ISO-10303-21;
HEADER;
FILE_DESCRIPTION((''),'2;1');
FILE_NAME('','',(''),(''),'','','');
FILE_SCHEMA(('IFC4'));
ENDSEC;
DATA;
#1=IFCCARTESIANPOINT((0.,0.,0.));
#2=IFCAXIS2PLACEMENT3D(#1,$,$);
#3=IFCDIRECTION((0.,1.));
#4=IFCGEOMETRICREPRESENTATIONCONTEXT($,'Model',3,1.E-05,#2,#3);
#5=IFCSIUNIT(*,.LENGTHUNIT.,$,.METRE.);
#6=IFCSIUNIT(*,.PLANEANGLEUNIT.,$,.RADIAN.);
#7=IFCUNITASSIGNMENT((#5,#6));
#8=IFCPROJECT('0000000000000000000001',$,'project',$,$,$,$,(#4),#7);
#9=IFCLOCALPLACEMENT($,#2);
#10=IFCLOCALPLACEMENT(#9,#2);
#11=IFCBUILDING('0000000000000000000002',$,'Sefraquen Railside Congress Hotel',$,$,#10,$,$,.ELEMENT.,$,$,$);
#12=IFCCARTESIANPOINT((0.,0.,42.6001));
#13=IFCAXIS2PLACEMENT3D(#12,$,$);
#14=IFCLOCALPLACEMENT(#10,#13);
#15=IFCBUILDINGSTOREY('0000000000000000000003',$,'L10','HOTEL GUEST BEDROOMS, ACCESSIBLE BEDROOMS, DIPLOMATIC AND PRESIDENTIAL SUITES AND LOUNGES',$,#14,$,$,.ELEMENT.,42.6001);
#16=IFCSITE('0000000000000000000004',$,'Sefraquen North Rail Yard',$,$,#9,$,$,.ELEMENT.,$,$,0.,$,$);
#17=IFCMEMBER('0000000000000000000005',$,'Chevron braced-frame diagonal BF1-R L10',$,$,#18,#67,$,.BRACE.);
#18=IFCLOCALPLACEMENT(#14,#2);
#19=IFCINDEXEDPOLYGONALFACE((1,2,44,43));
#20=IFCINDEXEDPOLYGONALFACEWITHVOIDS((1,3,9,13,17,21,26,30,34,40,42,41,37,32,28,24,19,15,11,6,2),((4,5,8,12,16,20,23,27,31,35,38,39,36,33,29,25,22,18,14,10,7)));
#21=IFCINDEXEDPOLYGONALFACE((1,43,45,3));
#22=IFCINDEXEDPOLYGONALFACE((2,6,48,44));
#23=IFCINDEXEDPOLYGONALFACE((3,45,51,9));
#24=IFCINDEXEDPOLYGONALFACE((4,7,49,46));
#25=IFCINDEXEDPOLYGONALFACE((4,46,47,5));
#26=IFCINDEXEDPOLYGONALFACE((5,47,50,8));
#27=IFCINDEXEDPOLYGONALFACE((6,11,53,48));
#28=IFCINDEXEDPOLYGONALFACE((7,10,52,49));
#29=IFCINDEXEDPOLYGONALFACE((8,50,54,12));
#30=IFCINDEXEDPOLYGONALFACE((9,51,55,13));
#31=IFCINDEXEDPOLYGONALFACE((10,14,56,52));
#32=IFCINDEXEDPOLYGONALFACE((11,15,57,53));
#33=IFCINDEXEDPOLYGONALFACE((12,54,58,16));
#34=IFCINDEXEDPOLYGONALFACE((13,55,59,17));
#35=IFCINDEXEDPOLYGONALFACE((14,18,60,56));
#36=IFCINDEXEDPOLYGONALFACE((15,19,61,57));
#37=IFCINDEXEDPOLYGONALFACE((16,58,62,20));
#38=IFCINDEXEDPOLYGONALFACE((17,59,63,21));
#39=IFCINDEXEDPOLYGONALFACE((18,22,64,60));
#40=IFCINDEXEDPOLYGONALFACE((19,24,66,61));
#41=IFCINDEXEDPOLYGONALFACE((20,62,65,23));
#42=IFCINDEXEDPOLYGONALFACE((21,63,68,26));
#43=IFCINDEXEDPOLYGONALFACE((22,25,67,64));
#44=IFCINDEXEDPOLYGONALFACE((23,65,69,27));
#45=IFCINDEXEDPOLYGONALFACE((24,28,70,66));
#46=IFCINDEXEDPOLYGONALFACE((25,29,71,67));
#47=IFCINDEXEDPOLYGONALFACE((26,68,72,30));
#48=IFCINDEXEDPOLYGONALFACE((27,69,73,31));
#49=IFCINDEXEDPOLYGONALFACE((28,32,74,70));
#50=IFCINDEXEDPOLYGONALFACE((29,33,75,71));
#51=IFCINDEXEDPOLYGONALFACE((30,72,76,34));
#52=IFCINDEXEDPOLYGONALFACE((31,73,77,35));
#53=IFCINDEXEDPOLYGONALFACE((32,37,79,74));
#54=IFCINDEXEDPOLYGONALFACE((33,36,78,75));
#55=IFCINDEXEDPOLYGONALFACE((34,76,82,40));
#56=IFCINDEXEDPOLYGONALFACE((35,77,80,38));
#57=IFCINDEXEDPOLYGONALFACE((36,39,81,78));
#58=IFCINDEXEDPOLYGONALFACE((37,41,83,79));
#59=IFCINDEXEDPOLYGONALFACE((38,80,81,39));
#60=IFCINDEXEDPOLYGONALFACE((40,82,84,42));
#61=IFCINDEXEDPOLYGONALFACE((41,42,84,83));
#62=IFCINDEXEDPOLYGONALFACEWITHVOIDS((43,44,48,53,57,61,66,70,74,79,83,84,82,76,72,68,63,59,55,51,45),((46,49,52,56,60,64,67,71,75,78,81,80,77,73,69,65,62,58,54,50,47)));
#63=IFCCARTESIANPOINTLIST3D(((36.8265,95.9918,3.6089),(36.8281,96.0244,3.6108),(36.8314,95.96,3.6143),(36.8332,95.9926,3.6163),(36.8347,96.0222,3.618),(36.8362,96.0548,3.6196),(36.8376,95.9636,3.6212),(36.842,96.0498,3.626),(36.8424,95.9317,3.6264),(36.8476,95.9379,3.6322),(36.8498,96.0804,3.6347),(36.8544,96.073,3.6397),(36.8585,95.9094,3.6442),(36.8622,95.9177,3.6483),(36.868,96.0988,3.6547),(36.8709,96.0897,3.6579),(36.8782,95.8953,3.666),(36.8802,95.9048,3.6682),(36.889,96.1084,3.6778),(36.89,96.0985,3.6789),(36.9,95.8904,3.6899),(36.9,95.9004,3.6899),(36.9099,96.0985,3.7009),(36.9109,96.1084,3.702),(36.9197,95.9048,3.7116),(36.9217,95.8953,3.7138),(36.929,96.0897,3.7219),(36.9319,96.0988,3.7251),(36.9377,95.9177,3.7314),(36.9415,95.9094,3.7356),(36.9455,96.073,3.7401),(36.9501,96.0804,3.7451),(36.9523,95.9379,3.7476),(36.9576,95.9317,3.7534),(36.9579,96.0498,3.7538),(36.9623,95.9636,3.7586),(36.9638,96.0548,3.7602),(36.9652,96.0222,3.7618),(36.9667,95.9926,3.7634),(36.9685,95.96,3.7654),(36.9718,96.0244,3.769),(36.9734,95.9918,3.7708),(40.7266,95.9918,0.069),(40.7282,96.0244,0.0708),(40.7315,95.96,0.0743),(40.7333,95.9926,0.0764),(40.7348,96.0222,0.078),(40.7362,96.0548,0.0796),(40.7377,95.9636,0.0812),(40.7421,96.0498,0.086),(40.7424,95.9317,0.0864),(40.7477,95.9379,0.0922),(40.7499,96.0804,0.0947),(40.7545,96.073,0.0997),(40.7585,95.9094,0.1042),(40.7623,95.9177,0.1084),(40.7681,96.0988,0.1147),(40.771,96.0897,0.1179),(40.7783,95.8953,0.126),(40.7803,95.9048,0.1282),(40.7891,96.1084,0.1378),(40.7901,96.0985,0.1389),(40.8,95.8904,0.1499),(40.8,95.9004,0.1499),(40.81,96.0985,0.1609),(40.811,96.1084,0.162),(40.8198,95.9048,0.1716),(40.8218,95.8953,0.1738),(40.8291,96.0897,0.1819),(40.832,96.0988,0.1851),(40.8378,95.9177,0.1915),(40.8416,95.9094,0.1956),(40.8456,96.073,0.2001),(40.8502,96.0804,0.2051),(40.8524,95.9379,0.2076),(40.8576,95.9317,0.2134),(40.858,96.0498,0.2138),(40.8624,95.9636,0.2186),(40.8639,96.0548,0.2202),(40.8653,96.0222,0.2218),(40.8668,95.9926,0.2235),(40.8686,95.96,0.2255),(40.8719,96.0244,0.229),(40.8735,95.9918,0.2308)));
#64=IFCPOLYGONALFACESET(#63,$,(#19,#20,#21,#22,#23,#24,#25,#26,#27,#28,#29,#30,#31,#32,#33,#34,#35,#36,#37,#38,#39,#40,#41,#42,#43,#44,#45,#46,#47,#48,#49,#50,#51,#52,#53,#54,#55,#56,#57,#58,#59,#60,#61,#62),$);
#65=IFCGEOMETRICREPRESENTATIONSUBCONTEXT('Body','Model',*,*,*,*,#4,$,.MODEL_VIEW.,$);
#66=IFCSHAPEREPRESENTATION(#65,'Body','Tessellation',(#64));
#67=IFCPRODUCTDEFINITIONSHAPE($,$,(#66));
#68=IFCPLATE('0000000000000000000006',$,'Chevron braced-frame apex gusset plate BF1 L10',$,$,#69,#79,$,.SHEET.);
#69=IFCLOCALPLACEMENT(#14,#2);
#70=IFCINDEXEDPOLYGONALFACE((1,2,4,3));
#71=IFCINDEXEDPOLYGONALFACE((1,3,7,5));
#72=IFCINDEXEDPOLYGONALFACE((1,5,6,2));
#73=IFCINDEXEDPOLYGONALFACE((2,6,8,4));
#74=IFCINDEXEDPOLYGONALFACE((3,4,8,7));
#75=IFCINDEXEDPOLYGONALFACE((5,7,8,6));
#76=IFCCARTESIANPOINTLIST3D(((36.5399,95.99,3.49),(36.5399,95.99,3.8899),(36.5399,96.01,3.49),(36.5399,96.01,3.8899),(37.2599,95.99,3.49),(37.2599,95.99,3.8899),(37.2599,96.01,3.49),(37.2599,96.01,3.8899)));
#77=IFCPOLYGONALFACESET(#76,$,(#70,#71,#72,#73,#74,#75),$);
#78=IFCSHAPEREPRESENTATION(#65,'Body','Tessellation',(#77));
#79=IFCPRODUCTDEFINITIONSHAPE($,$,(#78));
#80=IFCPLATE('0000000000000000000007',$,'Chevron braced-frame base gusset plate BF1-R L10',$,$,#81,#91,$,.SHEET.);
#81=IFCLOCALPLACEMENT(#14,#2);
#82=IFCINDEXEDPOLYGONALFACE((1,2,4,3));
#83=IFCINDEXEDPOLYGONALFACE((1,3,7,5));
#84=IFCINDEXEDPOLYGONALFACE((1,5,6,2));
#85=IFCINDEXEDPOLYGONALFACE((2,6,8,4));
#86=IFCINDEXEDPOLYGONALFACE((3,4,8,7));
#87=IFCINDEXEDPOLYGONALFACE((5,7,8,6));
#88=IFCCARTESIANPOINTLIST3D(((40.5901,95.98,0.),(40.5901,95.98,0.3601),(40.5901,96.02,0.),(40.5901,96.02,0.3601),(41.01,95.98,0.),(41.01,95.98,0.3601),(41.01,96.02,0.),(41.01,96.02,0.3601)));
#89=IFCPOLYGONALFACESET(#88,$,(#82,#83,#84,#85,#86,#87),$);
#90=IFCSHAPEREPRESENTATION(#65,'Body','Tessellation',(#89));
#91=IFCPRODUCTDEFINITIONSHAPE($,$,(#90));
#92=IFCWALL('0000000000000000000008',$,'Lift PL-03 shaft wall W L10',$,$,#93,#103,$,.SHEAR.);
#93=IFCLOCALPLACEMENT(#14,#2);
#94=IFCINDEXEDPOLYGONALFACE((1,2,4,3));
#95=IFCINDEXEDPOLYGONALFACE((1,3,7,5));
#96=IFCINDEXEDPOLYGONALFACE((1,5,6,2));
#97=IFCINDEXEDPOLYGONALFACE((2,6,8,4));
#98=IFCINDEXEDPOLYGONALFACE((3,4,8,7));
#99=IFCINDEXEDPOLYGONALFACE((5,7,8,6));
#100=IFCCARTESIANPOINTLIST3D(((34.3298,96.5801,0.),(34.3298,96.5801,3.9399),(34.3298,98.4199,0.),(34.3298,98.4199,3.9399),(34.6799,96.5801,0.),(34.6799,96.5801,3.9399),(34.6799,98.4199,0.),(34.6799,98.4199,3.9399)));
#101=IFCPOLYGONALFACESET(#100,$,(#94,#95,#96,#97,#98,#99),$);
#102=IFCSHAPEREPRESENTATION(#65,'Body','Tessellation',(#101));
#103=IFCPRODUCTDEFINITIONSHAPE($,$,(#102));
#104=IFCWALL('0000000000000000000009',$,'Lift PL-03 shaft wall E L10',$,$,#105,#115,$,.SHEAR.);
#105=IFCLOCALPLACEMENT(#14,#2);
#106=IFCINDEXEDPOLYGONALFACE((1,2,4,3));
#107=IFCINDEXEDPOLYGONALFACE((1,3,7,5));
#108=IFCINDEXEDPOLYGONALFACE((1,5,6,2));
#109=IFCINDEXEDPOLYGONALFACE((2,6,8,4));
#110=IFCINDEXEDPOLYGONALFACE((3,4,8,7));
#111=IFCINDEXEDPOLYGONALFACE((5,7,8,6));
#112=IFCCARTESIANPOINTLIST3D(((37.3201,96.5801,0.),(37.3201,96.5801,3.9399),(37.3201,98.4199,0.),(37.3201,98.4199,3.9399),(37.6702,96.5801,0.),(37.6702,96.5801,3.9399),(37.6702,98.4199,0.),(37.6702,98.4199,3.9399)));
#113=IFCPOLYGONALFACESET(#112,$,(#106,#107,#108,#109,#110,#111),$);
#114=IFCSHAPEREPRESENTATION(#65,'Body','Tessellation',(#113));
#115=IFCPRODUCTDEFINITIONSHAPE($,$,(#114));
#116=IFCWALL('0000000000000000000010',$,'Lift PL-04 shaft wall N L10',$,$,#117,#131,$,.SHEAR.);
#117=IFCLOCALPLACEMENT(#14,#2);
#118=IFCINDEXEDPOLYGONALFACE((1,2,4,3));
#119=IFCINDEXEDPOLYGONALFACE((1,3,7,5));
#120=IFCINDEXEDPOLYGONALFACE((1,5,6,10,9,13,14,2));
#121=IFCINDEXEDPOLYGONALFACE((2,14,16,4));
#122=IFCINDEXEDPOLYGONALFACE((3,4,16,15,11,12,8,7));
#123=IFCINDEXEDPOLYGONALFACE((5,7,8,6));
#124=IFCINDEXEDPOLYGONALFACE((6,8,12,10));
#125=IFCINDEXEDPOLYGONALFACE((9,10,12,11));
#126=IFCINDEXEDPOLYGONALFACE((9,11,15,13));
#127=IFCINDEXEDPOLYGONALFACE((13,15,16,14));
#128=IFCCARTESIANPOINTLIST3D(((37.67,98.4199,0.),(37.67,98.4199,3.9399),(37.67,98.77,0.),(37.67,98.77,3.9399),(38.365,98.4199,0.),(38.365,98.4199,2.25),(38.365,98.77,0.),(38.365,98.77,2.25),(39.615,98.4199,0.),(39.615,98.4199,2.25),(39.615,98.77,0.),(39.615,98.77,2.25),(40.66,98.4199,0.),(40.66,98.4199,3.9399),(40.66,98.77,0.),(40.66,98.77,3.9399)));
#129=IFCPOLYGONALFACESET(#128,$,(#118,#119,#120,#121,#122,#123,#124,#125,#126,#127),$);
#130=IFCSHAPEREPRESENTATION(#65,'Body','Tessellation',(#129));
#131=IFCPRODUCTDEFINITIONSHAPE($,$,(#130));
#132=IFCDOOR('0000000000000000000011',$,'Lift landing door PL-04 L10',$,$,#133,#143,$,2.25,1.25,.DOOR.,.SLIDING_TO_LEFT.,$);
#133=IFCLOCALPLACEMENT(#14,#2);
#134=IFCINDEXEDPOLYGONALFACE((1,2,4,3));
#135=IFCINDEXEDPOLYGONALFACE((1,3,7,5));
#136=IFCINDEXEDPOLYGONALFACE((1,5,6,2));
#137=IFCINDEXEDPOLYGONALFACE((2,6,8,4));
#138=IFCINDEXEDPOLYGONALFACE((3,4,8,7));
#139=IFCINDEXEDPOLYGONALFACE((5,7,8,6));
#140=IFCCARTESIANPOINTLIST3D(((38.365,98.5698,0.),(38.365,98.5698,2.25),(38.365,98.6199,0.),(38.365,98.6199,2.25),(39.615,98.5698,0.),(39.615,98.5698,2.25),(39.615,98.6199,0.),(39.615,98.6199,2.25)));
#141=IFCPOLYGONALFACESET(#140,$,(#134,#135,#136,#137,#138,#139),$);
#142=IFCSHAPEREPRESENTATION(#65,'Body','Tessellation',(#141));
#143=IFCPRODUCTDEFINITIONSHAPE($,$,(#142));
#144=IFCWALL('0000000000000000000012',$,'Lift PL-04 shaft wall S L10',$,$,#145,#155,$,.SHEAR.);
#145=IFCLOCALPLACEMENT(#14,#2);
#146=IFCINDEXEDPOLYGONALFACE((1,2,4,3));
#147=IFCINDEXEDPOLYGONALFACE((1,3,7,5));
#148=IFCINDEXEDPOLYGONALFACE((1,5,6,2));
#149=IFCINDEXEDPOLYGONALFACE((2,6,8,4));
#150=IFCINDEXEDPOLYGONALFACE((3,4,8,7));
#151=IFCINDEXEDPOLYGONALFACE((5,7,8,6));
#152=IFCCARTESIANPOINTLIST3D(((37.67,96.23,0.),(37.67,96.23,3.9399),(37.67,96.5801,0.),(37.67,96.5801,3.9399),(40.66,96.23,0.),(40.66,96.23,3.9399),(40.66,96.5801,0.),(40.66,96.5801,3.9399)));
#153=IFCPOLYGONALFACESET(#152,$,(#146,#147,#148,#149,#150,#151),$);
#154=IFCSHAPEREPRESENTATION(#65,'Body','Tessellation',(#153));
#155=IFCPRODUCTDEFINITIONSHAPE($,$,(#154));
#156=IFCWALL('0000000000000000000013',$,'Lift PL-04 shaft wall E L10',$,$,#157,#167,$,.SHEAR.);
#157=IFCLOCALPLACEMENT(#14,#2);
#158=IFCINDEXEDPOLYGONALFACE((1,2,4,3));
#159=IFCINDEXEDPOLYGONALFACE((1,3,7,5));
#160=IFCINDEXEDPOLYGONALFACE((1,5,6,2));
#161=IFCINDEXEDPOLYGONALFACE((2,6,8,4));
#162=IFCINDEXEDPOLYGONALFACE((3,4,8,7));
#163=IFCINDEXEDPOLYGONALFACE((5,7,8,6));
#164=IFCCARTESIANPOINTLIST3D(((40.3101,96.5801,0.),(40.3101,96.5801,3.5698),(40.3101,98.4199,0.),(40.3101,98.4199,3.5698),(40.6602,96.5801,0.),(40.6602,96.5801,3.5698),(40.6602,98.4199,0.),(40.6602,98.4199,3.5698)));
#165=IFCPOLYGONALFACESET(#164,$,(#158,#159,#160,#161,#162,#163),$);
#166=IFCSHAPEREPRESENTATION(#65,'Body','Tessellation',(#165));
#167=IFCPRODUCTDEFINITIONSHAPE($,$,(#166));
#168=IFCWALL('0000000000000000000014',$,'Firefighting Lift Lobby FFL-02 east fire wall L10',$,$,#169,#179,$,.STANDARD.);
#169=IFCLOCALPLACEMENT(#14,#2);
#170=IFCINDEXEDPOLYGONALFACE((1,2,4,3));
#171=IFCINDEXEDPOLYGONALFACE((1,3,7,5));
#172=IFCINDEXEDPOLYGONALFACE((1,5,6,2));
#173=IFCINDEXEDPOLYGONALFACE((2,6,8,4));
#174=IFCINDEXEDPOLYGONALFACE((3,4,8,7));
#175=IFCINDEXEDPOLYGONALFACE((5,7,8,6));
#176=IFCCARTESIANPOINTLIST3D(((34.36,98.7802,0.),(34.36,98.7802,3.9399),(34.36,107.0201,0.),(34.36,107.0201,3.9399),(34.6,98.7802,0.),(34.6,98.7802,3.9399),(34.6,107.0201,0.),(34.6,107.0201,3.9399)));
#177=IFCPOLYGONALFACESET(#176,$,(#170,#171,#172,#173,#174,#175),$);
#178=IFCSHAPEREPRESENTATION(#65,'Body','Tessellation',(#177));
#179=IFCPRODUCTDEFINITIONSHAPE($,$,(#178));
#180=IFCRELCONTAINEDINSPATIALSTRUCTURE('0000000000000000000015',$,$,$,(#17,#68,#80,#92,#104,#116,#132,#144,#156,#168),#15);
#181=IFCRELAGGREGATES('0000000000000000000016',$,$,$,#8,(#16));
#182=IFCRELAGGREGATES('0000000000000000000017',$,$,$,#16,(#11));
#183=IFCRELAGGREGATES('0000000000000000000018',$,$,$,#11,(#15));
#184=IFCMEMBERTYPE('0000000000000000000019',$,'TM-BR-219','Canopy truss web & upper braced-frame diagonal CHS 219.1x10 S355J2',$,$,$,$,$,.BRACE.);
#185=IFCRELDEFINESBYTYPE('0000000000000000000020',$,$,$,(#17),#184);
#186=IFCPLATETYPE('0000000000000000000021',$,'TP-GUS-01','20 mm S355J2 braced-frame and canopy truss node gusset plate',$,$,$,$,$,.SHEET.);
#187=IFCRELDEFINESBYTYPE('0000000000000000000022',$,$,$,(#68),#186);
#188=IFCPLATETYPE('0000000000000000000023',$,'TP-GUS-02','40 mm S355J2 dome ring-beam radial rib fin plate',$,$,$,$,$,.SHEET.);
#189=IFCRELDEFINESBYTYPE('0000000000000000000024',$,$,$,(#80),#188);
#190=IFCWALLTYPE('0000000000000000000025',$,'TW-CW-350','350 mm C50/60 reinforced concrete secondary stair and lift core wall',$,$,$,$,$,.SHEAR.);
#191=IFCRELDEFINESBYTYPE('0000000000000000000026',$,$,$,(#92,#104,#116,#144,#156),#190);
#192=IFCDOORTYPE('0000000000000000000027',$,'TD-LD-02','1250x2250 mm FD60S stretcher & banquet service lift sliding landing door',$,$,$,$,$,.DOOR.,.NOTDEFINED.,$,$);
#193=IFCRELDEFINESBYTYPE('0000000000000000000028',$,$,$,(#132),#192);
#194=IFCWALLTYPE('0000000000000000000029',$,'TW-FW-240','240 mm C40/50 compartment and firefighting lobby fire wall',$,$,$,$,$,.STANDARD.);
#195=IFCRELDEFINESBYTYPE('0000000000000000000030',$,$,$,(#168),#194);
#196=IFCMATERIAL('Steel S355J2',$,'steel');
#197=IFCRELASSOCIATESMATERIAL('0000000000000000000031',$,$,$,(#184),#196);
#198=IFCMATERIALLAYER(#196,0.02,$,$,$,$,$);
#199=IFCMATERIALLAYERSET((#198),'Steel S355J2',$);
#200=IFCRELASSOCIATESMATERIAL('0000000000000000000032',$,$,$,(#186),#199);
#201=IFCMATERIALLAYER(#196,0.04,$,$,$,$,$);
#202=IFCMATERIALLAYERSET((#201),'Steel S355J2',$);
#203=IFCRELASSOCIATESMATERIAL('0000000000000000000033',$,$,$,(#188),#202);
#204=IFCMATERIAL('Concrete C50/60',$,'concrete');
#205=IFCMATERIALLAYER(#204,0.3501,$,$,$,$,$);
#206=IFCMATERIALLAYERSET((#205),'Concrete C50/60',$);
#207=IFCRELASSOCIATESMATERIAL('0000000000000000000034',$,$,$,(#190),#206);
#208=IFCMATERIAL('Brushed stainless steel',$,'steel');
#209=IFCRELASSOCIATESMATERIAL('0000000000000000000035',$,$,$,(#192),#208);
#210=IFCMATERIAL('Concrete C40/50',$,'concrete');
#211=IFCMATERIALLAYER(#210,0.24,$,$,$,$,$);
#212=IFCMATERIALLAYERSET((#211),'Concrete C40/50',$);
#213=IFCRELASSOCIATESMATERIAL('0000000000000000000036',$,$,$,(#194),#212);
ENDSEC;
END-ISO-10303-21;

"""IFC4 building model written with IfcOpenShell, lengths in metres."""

from ifc_helpers import new_model, si_unit, direction, frame, frame_2d, origin, origin_2d, place, context, subcontext, project, spatial, rectangle, hollow_circle, extrude, material, layer, layer_set, material_profile, profile_set, type_object, element, fill, save


model = new_model("IFC4")

# Units and contexts
model_context = context("Model", 3, precision=1e-05, world=origin(), true_north=direction((0.0, 1.0)))
body_context = subcontext(model_context, "Body", "Model", "MODEL_VIEW")
ifc_project = project(units=[si_unit("LENGTHUNIT", "METRE"), si_unit("PLANEANGLEUNIT", "RADIAN")], contexts=[model_context])

# Site, building, storey
site_placement = place(None, origin())
site = spatial("IfcSite", under=ifc_project, at=site_placement, Name="Sefraquen North Rail Yard", CompositionType="ELEMENT", RefElevation=0.0)
building_placement = place(site_placement, origin())
building = spatial("IfcBuilding", under=site, at=building_placement, Name="Sefraquen Railside Congress Hotel", CompositionType="ELEMENT")
storey_placement = place(building_placement, frame((0.0, 0.0, 42.6001)))
storey = spatial("IfcBuildingStorey", under=building, at=storey_placement, Name="L10", Description="HOTEL GUEST BEDROOMS, ACCESSIBLE BEDROOMS, DIPLOMATIC AND PRESIDENTIAL SUITES AND LOUNGES", CompositionType="ELEMENT", Elevation=42.6001)

# Member
ifc_material_1 = material(Name="Steel S355J2", Category="steel")
ifc_material_profile_1 = material_profile(ifc_material_1, hollow_circle(Radius=0.1096, WallThickness=0.01, at=origin_2d()), Name="CHS 219.1x10")
ifc_profile_set_1 = profile_set([ifc_material_profile_1], Name="Steel S355J2")
member_type = type_object("IfcMemberType", Name="TM-BR-219", Description="Canopy truss web & upper braced-frame diagonal CHS 219.1x10 S355J2", PredefinedType="BRACE", material=ifc_profile_set_1)
member_placement = place(storey_placement, frame((40.8, 96.0, 0.1499), z_axis=(-0.740464, 0.0, 0.672096), x_axis=(0.0, -1.0, 0.0)))
element("IfcMember", 1, at=member_placement, inside=storey, type_object=member_type, Name="Chevron braced-frame diagonal BF1-R L10", PredefinedType="BRACE", context=body_context, shape_type="SweptSolid", body=[
    extrude(hollow_circle(Radius=0.1096, WallThickness=0.01, at=origin_2d()), origin(), (0.0, 0.0, 1.0), 5.2671),
])

# Plates
ifc_layer_1 = layer(ifc_material_1, 0.02)
ifc_layer_set_1 = layer_set([ifc_layer_1], Name="Steel S355J2")
plate_type_1 = type_object("IfcPlateType", Name="TP-GUS-01", Description="20 mm S355J2 braced-frame and canopy truss node gusset plate", PredefinedType="SHEET", material=ifc_layer_set_1)
plate_1_placement = place(storey_placement, frame((36.8999, 96.0, 3.49), z_axis=(0.0, 0.0, 1.0), x_axis=(1.0, 0.0, 0.0)))
element("IfcPlate", 2, at=plate_1_placement, inside=storey, type_object=plate_type_1, Name="Chevron braced-frame apex gusset plate BF1 L10", PredefinedType="SHEET", context=body_context, shape_type="SweptSolid", body=[
    extrude(rectangle(XDim=0.72, YDim=0.02, at=origin_2d()), origin(), (0.0, 0.0, 1.0), 0.3999),
])
ifc_layer_2 = layer(ifc_material_1, 0.04)
ifc_layer_set_2 = layer_set([ifc_layer_2], Name="Steel S355J2")
plate_type_2 = type_object("IfcPlateType", Name="TP-GUS-02", Description="40 mm S355J2 dome ring-beam radial rib fin plate", PredefinedType="SHEET", material=ifc_layer_set_2)
plate_2_placement = place(storey_placement, frame((40.8, 96.0, 0.0), z_axis=(0.0, 0.0, 1.0), x_axis=(1.0, 0.0, 0.0)))
element("IfcPlate", 3, at=plate_2_placement, inside=storey, type_object=plate_type_2, Name="Chevron braced-frame base gusset plate BF1-R L10", PredefinedType="SHEET", context=body_context, shape_type="SweptSolid", body=[
    extrude(rectangle(XDim=0.4199, YDim=0.04, at=origin_2d()), origin(), (0.0, 0.0, 1.0), 0.3601),
])

# Walls
ifc_material_2 = material(Name="Concrete C50/60", Category="concrete")
ifc_layer_3 = layer(ifc_material_2, 0.3501)
ifc_layer_set_3 = layer_set([ifc_layer_3], Name="Concrete C50/60")
wall_type_1 = type_object("IfcWallType", Name="TW-CW-350", Description="350 mm C50/60 reinforced concrete secondary stair and lift core wall", PredefinedType="SHEAR", material=ifc_layer_set_3)
for number, where, z_axis, x_axis, name in (
    (4, (34.5049, 96.5801, 0.0), (0.0, 0.0, 1.0), (0.0, 1.0, 0.0), "Lift PL-03 shaft wall W L10"),
    (5, (37.4951, 96.5801, 0.0), (0.0, 0.0, 1.0), (0.0, 1.0, 0.0), "Lift PL-03 shaft wall E L10"),
):
    element("IfcWall", number, at=place(storey_placement, frame(where, z_axis=z_axis, x_axis=x_axis)), inside=storey, type_object=wall_type_1, Name=name, PredefinedType="SHEAR", context=body_context, shape_type="SweptSolid", body=[
        extrude(rectangle(XDim=1.8398, YDim=0.3501, at=frame_2d((0.9199, 0.0))), origin(), (0.0, 0.0, 1.0), 3.9399),
    ])

# Wall, opening, door
wall_1_placement = place(storey_placement, frame((37.6699, 98.595, 0.0), z_axis=(0.0, 0.0, 1.0), x_axis=(1.0, 0.0, 0.0)))
wall_1 = element("IfcWall", 6, at=wall_1_placement, inside=storey, type_object=wall_type_1, Name="Lift PL-04 shaft wall N L10", PredefinedType="SHEAR", context=body_context, shape_type="SweptSolid", body=[
    extrude(rectangle(XDim=2.99, YDim=0.3501, at=frame_2d((1.4951, 0.0))), origin(), (0.0, 0.0, 1.0), 3.9399),
])
opening_placement = place(wall_1_placement, frame((0.6951, 0.0, 0.0)))
opening = element("IfcOpeningElement", 7, at=opening_placement, cuts=wall_1, PredefinedType="OPENING", context=body_context, shape_type="SweptSolid", body=[
    extrude(rectangle(XDim=1.25, YDim=2.25, at=frame_2d((0.625, 1.125))), frame((0.0, 0.1851, 0.0), z_axis=(0.0, -1.0, 0.0), x_axis=(1.0, 0.0, 0.0)), (0.0, 0.0, 1.0), 0.3701),
])
ifc_material_3 = material(Name="Brushed stainless steel", Category="steel")
door_type = type_object("IfcDoorType", Name="TD-LD-02", Description="1250x2250 mm FD60S stretcher & banquet service lift sliding landing door", OperationType="NOTDEFINED", PredefinedType="DOOR", material=ifc_material_3)
door_placement = place(opening_placement, origin())
door = element("IfcDoor", 8, at=door_placement, inside=storey, type_object=door_type, Name="Lift landing door PL-04 L10", OperationType="SLIDING_TO_LEFT", OverallHeight=2.25, OverallWidth=1.25, PredefinedType="DOOR", context=body_context, shape_type="SweptSolid", body=[
    extrude(rectangle(XDim=1.25, YDim=2.25, at=frame_2d((0.625, 1.125))), frame((0.0, 0.0249, 0.0), z_axis=(0.0, -1.0, 0.0), x_axis=(1.0, 0.0, 0.0)), (0.0, 0.0, 1.0), 0.05),
])
fill(opening, door)

# Walls
wall_2_placement = place(storey_placement, frame((37.6699, 96.405, 0.0), z_axis=(0.0, 0.0, 1.0), x_axis=(1.0, 0.0, 0.0)))
element("IfcWall", 9, at=wall_2_placement, inside=storey, type_object=wall_type_1, Name="Lift PL-04 shaft wall S L10", PredefinedType="SHEAR", context=body_context, shape_type="SweptSolid", body=[
    extrude(rectangle(XDim=2.99, YDim=0.3501, at=frame_2d((1.4951, 0.0))), origin(), (0.0, 0.0, 1.0), 3.9399),
])
wall_3_placement = place(storey_placement, frame((40.4851, 96.5801, 0.0), z_axis=(0.0, 0.0, 1.0), x_axis=(0.0, 1.0, 0.0)))
element("IfcWall", 10, at=wall_3_placement, inside=storey, type_object=wall_type_1, Name="Lift PL-04 shaft wall E L10", PredefinedType="SHEAR", context=body_context, shape_type="SweptSolid", body=[
    extrude(rectangle(XDim=1.8398, YDim=0.3501, at=frame_2d((0.9199, 0.0))), origin(), (0.0, 0.0, 1.0), 3.5698),
])
ifc_material_4 = material(Name="Concrete C40/50", Category="concrete")
ifc_layer_4 = layer(ifc_material_4, 0.24)
ifc_layer_set_4 = layer_set([ifc_layer_4], Name="Concrete C40/50")
wall_type_2 = type_object("IfcWallType", Name="TW-FW-240", Description="240 mm C40/50 compartment and firefighting lobby fire wall", PredefinedType="STANDARD", material=ifc_layer_set_4)
wall_4_placement = place(storey_placement, frame((34.48, 98.78, 0.0), z_axis=(0.0, 0.0, 1.0), x_axis=(0.0, 1.0, 0.0)))
element("IfcWall", 11, at=wall_4_placement, inside=storey, type_object=wall_type_2, Name="Firefighting Lift Lobby FFL-02 east fire wall L10", PredefinedType="STANDARD", context=body_context, shape_type="SweptSolid", body=[
    extrude(rectangle(XDim=8.24, YDim=0.24, at=frame_2d((4.1201, 0.0))), origin(), (0.0, 0.0, 1.0), 3.9399),
])

save(model, "model.ifc")
